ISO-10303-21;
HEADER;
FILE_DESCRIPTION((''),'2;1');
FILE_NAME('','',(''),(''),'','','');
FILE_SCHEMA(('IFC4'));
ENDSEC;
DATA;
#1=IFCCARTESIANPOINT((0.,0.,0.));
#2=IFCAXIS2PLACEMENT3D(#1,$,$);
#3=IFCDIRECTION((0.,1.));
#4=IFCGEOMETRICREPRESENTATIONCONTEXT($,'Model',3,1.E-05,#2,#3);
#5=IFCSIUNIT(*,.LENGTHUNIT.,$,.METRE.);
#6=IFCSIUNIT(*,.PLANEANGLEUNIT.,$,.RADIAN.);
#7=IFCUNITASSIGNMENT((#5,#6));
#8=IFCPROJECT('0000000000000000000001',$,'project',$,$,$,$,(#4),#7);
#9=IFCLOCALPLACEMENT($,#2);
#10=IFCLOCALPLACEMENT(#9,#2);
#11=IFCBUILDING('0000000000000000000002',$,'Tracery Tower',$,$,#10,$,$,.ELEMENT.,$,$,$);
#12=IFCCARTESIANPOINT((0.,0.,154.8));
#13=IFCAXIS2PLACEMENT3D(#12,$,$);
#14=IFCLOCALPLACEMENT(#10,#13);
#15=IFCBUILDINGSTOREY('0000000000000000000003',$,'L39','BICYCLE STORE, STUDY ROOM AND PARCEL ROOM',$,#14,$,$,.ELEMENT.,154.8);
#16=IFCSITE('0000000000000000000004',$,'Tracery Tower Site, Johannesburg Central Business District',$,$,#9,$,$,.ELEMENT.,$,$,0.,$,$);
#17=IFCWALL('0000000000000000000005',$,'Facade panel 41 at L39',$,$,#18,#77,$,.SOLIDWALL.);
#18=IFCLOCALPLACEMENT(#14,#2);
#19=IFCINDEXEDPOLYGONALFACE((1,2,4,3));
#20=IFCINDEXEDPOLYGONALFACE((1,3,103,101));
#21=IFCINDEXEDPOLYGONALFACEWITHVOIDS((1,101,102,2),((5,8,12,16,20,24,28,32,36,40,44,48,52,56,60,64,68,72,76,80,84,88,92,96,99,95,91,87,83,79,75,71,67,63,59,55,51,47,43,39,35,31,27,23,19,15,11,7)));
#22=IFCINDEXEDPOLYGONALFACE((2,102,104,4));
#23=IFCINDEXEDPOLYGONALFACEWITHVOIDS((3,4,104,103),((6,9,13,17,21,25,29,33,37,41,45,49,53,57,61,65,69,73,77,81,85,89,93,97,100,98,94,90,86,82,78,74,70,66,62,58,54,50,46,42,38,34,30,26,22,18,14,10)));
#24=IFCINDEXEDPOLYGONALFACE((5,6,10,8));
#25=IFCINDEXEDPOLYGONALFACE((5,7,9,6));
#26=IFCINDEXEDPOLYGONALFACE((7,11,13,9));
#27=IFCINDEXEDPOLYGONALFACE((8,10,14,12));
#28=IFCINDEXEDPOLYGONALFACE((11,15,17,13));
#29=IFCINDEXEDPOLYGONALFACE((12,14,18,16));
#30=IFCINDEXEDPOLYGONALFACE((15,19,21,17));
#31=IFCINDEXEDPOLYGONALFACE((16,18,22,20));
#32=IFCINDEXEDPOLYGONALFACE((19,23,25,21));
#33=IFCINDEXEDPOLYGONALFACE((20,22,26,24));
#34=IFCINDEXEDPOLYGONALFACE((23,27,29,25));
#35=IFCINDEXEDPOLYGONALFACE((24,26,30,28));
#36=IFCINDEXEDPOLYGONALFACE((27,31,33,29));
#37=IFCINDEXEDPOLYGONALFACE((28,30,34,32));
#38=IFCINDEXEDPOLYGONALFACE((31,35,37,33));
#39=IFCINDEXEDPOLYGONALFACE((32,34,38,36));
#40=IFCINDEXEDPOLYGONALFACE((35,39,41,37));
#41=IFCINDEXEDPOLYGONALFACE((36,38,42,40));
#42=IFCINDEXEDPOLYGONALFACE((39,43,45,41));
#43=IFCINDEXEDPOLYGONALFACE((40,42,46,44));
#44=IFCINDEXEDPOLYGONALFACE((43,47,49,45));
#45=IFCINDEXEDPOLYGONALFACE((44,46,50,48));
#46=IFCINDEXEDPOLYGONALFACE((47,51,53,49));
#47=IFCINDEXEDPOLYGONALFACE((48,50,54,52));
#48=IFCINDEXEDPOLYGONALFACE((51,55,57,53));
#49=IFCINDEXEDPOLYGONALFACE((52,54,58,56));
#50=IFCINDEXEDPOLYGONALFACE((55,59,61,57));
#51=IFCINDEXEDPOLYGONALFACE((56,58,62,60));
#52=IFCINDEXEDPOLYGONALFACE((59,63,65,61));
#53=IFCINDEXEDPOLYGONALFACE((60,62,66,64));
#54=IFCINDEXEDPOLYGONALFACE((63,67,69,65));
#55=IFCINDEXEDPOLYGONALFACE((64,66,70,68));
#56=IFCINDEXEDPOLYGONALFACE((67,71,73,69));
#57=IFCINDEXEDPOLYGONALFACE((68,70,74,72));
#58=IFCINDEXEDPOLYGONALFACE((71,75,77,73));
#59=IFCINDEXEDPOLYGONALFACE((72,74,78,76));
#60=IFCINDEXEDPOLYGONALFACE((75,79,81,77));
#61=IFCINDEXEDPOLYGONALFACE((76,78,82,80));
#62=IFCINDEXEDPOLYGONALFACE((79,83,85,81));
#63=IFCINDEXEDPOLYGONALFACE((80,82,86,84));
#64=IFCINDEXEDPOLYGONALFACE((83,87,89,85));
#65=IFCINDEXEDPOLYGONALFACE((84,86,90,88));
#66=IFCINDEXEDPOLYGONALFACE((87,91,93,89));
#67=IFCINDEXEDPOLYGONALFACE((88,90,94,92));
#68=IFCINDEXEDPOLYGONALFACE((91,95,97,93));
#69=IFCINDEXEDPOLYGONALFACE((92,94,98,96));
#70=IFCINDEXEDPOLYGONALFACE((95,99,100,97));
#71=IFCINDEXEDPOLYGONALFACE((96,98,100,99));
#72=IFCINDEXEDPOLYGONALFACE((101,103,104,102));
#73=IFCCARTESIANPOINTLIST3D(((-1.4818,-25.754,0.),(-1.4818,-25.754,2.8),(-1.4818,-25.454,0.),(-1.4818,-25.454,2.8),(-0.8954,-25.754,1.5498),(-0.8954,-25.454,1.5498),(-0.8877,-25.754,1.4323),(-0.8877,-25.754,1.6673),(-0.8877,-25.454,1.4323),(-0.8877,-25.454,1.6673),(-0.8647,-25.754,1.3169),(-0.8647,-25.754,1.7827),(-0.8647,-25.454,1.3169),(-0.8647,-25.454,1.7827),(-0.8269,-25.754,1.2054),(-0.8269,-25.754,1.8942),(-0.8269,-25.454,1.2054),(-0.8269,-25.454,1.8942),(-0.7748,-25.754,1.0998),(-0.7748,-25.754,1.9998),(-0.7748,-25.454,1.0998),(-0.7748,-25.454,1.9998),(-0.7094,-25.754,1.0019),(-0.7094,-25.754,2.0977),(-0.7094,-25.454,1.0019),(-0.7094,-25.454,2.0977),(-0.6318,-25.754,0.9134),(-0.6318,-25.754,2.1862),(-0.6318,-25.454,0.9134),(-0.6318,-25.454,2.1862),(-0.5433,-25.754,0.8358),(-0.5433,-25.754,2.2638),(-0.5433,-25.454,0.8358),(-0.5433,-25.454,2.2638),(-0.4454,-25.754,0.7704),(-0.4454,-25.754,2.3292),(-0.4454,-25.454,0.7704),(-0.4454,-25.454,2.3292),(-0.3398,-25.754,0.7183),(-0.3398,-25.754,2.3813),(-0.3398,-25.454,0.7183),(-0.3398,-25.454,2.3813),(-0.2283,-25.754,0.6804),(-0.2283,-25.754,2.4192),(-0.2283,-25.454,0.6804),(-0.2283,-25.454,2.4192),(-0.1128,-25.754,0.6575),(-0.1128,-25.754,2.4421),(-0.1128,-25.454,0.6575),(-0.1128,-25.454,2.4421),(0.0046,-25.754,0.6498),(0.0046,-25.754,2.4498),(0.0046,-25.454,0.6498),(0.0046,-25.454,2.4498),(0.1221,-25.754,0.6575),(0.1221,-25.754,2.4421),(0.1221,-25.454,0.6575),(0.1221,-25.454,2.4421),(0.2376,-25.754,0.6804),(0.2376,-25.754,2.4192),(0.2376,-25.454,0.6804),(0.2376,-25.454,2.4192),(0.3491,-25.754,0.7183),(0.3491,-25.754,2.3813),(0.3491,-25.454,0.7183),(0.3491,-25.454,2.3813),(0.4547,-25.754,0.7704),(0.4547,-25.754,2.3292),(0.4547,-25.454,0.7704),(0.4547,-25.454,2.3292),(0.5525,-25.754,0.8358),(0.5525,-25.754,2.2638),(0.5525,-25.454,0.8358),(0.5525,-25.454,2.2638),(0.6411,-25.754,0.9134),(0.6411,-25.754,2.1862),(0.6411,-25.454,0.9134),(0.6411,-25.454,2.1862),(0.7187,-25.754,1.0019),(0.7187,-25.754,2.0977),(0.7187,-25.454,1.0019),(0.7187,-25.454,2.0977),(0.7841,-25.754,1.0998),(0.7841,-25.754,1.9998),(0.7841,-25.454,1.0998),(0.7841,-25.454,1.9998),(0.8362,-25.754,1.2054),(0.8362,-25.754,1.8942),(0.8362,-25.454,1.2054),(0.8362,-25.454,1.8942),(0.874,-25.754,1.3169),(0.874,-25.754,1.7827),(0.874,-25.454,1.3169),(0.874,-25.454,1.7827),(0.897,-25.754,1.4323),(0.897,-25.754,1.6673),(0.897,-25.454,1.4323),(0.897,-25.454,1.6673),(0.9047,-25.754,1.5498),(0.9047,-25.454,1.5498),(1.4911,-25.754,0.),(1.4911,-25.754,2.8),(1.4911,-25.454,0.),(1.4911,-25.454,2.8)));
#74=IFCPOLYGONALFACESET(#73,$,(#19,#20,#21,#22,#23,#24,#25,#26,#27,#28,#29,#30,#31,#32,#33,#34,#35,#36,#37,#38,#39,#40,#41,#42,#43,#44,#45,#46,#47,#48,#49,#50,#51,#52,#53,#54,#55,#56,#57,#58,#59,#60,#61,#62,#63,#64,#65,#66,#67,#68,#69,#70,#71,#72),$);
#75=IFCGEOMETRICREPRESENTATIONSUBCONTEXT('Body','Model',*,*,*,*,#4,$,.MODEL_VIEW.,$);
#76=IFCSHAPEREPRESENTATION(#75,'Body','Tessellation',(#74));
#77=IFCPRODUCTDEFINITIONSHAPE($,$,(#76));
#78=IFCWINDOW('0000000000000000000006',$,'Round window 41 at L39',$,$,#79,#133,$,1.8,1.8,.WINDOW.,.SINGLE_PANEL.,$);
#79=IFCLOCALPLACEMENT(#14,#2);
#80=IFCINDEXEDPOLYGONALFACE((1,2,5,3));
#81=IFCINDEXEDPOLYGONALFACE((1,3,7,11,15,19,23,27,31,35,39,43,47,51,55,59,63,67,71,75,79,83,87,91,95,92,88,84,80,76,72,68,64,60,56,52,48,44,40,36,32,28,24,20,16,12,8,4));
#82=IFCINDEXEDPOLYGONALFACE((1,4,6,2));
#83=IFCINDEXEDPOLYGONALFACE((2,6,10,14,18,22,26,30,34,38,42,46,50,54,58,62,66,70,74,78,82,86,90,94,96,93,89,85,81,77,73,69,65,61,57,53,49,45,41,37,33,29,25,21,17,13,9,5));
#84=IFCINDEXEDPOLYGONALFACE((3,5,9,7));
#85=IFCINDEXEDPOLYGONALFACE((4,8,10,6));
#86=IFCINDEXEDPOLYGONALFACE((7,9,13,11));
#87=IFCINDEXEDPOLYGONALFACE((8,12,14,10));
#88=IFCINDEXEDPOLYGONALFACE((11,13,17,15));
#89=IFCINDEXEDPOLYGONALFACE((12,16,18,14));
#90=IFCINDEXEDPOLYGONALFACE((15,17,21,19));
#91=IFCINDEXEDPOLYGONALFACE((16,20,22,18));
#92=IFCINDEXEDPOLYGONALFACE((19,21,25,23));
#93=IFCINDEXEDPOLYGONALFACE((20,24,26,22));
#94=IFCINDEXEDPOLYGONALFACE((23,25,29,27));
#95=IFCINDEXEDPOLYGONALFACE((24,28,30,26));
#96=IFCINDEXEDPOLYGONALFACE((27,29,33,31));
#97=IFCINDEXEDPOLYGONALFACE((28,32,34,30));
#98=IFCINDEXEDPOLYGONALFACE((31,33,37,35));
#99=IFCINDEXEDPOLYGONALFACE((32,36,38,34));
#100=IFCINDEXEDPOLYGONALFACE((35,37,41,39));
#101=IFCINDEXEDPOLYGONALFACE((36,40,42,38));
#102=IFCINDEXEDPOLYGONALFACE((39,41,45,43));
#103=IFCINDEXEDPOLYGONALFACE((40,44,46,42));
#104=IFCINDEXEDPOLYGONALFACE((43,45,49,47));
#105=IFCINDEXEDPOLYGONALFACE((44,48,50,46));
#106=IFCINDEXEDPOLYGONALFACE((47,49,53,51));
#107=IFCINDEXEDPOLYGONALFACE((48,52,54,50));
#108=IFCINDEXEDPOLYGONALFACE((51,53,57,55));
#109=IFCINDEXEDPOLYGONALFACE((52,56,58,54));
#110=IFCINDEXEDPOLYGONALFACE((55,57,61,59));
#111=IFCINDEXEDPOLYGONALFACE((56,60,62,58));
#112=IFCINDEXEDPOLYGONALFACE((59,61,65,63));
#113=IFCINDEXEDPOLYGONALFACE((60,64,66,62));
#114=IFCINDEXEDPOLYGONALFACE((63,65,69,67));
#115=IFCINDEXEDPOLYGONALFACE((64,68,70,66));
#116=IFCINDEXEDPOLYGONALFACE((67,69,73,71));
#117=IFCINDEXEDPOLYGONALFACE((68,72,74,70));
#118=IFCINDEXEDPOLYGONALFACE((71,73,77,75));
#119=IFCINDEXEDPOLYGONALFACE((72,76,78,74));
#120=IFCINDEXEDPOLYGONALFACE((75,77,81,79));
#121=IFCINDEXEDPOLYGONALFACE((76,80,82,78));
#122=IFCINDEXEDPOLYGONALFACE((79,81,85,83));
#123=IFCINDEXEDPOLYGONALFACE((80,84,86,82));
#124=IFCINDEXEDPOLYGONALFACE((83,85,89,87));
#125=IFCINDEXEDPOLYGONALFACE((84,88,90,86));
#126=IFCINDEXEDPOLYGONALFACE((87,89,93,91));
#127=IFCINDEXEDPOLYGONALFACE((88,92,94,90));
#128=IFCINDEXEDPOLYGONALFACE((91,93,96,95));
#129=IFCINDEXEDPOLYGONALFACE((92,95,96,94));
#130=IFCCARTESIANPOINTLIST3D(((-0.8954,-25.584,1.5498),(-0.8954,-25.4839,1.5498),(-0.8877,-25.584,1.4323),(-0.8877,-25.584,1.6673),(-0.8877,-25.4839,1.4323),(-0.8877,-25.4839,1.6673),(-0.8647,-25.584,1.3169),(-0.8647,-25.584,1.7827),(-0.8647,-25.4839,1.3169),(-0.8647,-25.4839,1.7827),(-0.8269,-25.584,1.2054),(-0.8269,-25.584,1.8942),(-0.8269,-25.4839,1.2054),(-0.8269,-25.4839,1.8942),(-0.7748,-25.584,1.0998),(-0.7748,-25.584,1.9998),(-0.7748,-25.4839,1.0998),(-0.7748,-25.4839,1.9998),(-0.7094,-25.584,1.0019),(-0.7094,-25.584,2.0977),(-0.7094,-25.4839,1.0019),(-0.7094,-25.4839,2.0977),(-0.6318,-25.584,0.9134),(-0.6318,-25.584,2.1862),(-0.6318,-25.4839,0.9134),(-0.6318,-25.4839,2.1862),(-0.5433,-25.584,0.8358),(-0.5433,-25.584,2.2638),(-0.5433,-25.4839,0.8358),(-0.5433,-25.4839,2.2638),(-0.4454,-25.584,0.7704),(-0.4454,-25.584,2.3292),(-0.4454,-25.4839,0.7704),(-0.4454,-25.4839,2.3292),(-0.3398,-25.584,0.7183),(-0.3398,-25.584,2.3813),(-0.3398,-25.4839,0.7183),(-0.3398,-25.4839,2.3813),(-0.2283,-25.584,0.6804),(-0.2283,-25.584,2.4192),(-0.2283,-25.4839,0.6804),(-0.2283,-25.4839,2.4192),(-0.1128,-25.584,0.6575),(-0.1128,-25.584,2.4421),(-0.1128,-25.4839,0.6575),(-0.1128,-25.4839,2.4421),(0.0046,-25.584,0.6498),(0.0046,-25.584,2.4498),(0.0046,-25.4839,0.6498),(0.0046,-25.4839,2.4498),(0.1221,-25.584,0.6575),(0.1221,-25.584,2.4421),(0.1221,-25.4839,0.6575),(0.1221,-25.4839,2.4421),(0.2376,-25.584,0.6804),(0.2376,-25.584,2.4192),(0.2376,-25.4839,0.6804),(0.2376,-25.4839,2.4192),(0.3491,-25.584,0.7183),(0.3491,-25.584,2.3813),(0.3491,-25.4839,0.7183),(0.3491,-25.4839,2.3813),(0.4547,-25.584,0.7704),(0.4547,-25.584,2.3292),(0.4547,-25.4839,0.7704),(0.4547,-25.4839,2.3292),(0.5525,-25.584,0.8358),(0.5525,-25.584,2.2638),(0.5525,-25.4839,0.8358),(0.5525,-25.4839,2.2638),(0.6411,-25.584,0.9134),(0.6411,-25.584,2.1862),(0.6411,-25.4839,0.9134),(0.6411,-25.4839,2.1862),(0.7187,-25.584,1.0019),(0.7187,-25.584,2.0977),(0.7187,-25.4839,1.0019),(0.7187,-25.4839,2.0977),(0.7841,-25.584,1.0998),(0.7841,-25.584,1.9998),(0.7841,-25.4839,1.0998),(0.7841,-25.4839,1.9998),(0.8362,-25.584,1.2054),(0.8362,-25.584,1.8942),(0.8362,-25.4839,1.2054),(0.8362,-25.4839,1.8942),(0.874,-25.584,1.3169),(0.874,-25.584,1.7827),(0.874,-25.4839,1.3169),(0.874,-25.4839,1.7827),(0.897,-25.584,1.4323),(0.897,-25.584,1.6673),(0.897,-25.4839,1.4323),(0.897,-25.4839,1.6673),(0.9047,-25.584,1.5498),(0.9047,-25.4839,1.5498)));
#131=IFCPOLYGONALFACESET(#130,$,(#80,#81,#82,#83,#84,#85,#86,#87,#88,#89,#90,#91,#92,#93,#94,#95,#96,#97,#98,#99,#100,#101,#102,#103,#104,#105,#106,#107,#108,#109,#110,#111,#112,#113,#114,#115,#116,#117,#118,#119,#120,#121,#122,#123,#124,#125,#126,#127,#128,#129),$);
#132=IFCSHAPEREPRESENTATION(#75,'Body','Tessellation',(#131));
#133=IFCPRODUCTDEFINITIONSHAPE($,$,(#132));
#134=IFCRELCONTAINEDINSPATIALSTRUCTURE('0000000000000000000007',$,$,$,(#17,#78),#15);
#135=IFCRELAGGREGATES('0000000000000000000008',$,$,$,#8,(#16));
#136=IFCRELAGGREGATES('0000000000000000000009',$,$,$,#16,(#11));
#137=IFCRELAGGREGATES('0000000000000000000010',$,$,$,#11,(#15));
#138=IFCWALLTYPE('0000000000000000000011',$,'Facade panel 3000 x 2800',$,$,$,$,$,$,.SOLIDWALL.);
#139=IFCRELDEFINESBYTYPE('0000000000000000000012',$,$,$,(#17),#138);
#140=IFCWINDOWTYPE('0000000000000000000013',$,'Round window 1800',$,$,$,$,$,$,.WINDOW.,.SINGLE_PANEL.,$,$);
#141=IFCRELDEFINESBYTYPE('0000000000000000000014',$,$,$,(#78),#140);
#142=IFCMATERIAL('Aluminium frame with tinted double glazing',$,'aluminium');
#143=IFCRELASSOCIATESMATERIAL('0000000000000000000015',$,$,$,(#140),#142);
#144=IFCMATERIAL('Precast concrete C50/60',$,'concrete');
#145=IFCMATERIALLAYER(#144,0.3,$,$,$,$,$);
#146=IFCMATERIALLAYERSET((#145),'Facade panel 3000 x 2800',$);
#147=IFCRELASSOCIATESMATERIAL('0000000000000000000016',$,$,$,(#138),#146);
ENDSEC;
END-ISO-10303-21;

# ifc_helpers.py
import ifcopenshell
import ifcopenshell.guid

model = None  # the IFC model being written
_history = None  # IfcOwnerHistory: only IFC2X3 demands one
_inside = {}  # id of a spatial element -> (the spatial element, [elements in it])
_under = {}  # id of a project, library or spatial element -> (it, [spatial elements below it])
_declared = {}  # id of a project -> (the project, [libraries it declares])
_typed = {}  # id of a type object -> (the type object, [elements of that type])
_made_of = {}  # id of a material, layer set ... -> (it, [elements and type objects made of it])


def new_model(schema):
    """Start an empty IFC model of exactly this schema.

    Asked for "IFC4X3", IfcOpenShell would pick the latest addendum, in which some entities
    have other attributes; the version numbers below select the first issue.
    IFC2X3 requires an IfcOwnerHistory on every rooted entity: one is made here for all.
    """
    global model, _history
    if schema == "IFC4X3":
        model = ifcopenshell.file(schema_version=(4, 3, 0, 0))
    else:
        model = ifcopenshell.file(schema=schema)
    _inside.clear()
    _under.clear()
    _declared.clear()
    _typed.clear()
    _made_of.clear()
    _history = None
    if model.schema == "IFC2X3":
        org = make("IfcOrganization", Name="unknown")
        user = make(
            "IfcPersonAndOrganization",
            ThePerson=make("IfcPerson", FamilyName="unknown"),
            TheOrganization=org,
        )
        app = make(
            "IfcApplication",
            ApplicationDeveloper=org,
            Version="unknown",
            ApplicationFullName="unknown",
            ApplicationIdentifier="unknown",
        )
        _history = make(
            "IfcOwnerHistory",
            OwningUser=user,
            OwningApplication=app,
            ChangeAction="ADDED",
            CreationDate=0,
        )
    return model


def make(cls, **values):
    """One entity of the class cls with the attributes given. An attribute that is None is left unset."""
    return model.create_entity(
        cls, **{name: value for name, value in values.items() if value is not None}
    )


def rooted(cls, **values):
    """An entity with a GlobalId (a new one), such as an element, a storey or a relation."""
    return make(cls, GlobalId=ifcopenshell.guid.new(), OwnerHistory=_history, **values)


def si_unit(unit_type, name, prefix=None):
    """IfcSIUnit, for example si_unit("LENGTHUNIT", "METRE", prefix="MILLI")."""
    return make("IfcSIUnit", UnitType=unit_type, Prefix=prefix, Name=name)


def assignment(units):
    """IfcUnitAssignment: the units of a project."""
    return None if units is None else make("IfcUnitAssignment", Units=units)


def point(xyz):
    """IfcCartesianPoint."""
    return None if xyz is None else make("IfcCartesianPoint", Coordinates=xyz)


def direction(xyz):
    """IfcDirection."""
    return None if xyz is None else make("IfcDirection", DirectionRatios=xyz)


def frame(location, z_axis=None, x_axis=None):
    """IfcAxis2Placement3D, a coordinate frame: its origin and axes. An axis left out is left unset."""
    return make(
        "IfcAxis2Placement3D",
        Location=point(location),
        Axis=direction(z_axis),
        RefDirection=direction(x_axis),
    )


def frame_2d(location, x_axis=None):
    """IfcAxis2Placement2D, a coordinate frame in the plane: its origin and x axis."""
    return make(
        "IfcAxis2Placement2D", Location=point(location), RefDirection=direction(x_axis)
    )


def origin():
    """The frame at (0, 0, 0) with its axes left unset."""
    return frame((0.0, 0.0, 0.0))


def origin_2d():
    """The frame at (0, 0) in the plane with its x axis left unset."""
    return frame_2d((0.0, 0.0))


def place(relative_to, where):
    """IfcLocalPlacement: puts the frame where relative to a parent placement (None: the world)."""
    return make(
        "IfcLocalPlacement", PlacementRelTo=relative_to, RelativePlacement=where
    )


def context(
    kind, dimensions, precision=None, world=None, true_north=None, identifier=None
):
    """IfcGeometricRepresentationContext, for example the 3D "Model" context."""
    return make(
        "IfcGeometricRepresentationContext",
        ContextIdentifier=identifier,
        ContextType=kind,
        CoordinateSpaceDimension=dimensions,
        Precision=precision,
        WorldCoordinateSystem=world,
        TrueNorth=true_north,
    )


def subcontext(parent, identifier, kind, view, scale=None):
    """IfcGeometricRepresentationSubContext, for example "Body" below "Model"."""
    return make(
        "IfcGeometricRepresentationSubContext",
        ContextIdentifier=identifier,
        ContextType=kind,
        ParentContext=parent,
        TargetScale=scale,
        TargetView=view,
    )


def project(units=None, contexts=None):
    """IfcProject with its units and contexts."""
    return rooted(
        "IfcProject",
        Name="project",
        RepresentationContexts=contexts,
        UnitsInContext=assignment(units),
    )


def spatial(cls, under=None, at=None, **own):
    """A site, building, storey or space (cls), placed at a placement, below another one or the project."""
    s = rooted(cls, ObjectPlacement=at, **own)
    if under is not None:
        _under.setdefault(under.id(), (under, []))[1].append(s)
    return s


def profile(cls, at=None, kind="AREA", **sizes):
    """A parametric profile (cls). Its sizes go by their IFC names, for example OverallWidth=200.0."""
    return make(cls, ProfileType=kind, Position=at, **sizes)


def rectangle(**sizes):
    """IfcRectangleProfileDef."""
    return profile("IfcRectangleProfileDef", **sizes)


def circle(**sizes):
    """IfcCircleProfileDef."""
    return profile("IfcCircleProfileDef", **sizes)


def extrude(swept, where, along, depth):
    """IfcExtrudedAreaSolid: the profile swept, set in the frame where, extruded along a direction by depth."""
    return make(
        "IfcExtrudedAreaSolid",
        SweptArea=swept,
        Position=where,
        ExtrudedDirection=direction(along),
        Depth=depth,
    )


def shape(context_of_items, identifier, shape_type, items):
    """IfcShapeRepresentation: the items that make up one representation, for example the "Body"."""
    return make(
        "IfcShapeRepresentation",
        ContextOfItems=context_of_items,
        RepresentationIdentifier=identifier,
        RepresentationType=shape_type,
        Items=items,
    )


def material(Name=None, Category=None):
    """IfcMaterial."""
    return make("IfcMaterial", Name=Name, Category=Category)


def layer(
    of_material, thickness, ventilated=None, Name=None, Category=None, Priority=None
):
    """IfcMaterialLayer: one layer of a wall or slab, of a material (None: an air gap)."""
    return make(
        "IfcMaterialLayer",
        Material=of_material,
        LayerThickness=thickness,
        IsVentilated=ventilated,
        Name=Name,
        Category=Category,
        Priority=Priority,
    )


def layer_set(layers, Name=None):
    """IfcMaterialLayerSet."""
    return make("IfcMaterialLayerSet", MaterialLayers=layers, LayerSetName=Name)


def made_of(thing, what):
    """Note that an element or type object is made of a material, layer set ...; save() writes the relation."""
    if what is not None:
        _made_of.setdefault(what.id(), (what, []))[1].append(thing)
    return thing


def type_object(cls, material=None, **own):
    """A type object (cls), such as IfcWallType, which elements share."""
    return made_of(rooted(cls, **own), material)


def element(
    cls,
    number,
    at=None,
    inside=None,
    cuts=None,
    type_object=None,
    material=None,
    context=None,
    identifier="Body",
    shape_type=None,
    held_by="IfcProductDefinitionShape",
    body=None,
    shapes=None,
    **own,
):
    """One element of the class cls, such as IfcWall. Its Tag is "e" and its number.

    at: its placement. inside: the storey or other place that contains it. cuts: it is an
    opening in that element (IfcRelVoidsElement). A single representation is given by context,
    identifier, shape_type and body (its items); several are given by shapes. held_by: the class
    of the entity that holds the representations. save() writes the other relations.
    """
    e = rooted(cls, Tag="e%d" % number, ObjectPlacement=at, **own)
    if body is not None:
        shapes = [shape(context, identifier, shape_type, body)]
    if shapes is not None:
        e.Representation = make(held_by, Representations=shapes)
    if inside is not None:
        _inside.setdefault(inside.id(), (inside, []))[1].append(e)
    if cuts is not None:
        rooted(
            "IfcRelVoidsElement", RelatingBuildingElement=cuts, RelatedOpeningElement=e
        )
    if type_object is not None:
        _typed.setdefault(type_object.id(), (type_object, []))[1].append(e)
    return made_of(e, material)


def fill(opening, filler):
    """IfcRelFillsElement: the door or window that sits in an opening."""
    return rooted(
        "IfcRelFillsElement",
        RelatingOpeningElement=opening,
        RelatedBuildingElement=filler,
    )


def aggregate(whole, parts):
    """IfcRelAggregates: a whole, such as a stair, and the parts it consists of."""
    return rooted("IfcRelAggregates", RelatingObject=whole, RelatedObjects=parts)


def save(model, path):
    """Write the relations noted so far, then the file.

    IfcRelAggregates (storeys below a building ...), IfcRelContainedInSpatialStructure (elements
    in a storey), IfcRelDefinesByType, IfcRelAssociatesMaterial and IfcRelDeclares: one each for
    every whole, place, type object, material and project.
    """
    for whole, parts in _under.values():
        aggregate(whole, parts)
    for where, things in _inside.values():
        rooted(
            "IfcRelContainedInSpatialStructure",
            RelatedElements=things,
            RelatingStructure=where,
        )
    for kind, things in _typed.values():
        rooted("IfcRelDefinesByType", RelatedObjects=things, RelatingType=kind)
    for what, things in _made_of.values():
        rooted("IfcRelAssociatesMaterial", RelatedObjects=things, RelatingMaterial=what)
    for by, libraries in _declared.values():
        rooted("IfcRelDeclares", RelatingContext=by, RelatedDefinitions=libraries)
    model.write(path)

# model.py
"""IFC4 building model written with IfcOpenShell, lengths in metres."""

from ifc_helpers import new_model, si_unit, direction, frame, frame_2d, origin, origin_2d, place, context, subcontext, project, spatial, rectangle, circle, extrude, material, layer, layer_set, type_object, element, fill, save


model = new_model("IFC4")

# Units and contexts
model_context = context("Model", 3, precision=1e-05, world=origin(), true_north=direction((0.0, 1.0)))
body_context = subcontext(model_context, "Body", "Model", "MODEL_VIEW")
ifc_project = project(units=[si_unit("LENGTHUNIT", "METRE"), si_unit("PLANEANGLEUNIT", "RADIAN")], contexts=[model_context])

# Site, building, storey
site_placement = place(None, origin())
site = spatial("IfcSite", under=ifc_project, at=site_placement, Name="Tracery Tower Site, Johannesburg Central Business District", CompositionType="ELEMENT", RefElevation=0.0)
building_placement = place(site_placement, origin())
building = spatial("IfcBuilding", under=site, at=building_placement, Name="Tracery Tower", CompositionType="ELEMENT")
storey_placement = place(building_placement, frame((0.0, 0.0, 154.8)))
storey = spatial("IfcBuildingStorey", under=building, at=storey_placement, Name="L39", Description="BICYCLE STORE, STUDY ROOM AND PARCEL ROOM", CompositionType="ELEMENT", Elevation=154.8)

# Wall, opening, window
ifc_material_1 = material(Name="Aluminium frame with tinted double glazing", Category="aluminium")
window_type = type_object("IfcWindowType", Name="Round window 1800", PartitioningType="SINGLE_PANEL", PredefinedType="WINDOW", material=ifc_material_1)
ifc_material_2 = material(Name="Precast concrete C50/60", Category="concrete")
ifc_layer_1 = layer(ifc_material_2, 0.3)
ifc_layer_set_1 = layer_set([ifc_layer_1], Name="Facade panel 3000 x 2800")
wall_type_1 = type_object("IfcWallType", Name="Facade panel 3000 x 2800", PredefinedType="SOLIDWALL", material=ifc_layer_set_1)
wall_1_placement = place(storey_placement, frame((-1.4817, -25.604, 0.0), z_axis=(0.0, 0.0, 1.0), x_axis=(1.0, 0.0, 0.0)))
wall_1 = element("IfcWall", 1, at=wall_1_placement, inside=storey, type_object=wall_type_1, Name="Facade panel 41 at L39", PredefinedType="SOLIDWALL", context=body_context, shape_type="SweptSolid", body=[
    extrude(rectangle(XDim=2.9729, YDim=0.3, at=frame_2d((1.4863, 0.0))), origin(), (0.0, 0.0, 1.0), 2.8),
])
opening_1_placement = place(wall_1_placement, frame((1.4863, 0.0, 1.5498)))
opening_1 = element("IfcOpeningElement", 2, at=opening_1_placement, cuts=wall_1, PredefinedType="OPENING", context=body_context, shape_type="SweptSolid", body=[
    extrude(circle(Radius=0.9, at=origin_2d()), frame((0.0, 0.1599, 0.0), z_axis=(0.0, -1.0, 0.0), x_axis=(1.0, 0.0, 0.0)), (0.0, 0.0, 1.0), 0.3201),
])
window_1_placement = place(opening_1_placement, origin())
window_1 = element("IfcWindow", 3, at=window_1_placement, inside=storey, type_object=window_type, Name="Round window 41 at L39", OverallHeight=1.8, OverallWidth=1.8, PartitioningType="SINGLE_PANEL", PredefinedType="WINDOW", context=body_context, shape_type="SweptSolid", body=[
    extrude(circle(Radius=0.9, at=origin_2d()), frame((0.0, 0.1201, 0.0), z_axis=(0.0, -1.0, 0.0), x_axis=(1.0, 0.0, 0.0)), (0.0, 0.0, 1.0), 0.1001),
])
fill(opening_1, window_1)

save(model, "model.ifc")
